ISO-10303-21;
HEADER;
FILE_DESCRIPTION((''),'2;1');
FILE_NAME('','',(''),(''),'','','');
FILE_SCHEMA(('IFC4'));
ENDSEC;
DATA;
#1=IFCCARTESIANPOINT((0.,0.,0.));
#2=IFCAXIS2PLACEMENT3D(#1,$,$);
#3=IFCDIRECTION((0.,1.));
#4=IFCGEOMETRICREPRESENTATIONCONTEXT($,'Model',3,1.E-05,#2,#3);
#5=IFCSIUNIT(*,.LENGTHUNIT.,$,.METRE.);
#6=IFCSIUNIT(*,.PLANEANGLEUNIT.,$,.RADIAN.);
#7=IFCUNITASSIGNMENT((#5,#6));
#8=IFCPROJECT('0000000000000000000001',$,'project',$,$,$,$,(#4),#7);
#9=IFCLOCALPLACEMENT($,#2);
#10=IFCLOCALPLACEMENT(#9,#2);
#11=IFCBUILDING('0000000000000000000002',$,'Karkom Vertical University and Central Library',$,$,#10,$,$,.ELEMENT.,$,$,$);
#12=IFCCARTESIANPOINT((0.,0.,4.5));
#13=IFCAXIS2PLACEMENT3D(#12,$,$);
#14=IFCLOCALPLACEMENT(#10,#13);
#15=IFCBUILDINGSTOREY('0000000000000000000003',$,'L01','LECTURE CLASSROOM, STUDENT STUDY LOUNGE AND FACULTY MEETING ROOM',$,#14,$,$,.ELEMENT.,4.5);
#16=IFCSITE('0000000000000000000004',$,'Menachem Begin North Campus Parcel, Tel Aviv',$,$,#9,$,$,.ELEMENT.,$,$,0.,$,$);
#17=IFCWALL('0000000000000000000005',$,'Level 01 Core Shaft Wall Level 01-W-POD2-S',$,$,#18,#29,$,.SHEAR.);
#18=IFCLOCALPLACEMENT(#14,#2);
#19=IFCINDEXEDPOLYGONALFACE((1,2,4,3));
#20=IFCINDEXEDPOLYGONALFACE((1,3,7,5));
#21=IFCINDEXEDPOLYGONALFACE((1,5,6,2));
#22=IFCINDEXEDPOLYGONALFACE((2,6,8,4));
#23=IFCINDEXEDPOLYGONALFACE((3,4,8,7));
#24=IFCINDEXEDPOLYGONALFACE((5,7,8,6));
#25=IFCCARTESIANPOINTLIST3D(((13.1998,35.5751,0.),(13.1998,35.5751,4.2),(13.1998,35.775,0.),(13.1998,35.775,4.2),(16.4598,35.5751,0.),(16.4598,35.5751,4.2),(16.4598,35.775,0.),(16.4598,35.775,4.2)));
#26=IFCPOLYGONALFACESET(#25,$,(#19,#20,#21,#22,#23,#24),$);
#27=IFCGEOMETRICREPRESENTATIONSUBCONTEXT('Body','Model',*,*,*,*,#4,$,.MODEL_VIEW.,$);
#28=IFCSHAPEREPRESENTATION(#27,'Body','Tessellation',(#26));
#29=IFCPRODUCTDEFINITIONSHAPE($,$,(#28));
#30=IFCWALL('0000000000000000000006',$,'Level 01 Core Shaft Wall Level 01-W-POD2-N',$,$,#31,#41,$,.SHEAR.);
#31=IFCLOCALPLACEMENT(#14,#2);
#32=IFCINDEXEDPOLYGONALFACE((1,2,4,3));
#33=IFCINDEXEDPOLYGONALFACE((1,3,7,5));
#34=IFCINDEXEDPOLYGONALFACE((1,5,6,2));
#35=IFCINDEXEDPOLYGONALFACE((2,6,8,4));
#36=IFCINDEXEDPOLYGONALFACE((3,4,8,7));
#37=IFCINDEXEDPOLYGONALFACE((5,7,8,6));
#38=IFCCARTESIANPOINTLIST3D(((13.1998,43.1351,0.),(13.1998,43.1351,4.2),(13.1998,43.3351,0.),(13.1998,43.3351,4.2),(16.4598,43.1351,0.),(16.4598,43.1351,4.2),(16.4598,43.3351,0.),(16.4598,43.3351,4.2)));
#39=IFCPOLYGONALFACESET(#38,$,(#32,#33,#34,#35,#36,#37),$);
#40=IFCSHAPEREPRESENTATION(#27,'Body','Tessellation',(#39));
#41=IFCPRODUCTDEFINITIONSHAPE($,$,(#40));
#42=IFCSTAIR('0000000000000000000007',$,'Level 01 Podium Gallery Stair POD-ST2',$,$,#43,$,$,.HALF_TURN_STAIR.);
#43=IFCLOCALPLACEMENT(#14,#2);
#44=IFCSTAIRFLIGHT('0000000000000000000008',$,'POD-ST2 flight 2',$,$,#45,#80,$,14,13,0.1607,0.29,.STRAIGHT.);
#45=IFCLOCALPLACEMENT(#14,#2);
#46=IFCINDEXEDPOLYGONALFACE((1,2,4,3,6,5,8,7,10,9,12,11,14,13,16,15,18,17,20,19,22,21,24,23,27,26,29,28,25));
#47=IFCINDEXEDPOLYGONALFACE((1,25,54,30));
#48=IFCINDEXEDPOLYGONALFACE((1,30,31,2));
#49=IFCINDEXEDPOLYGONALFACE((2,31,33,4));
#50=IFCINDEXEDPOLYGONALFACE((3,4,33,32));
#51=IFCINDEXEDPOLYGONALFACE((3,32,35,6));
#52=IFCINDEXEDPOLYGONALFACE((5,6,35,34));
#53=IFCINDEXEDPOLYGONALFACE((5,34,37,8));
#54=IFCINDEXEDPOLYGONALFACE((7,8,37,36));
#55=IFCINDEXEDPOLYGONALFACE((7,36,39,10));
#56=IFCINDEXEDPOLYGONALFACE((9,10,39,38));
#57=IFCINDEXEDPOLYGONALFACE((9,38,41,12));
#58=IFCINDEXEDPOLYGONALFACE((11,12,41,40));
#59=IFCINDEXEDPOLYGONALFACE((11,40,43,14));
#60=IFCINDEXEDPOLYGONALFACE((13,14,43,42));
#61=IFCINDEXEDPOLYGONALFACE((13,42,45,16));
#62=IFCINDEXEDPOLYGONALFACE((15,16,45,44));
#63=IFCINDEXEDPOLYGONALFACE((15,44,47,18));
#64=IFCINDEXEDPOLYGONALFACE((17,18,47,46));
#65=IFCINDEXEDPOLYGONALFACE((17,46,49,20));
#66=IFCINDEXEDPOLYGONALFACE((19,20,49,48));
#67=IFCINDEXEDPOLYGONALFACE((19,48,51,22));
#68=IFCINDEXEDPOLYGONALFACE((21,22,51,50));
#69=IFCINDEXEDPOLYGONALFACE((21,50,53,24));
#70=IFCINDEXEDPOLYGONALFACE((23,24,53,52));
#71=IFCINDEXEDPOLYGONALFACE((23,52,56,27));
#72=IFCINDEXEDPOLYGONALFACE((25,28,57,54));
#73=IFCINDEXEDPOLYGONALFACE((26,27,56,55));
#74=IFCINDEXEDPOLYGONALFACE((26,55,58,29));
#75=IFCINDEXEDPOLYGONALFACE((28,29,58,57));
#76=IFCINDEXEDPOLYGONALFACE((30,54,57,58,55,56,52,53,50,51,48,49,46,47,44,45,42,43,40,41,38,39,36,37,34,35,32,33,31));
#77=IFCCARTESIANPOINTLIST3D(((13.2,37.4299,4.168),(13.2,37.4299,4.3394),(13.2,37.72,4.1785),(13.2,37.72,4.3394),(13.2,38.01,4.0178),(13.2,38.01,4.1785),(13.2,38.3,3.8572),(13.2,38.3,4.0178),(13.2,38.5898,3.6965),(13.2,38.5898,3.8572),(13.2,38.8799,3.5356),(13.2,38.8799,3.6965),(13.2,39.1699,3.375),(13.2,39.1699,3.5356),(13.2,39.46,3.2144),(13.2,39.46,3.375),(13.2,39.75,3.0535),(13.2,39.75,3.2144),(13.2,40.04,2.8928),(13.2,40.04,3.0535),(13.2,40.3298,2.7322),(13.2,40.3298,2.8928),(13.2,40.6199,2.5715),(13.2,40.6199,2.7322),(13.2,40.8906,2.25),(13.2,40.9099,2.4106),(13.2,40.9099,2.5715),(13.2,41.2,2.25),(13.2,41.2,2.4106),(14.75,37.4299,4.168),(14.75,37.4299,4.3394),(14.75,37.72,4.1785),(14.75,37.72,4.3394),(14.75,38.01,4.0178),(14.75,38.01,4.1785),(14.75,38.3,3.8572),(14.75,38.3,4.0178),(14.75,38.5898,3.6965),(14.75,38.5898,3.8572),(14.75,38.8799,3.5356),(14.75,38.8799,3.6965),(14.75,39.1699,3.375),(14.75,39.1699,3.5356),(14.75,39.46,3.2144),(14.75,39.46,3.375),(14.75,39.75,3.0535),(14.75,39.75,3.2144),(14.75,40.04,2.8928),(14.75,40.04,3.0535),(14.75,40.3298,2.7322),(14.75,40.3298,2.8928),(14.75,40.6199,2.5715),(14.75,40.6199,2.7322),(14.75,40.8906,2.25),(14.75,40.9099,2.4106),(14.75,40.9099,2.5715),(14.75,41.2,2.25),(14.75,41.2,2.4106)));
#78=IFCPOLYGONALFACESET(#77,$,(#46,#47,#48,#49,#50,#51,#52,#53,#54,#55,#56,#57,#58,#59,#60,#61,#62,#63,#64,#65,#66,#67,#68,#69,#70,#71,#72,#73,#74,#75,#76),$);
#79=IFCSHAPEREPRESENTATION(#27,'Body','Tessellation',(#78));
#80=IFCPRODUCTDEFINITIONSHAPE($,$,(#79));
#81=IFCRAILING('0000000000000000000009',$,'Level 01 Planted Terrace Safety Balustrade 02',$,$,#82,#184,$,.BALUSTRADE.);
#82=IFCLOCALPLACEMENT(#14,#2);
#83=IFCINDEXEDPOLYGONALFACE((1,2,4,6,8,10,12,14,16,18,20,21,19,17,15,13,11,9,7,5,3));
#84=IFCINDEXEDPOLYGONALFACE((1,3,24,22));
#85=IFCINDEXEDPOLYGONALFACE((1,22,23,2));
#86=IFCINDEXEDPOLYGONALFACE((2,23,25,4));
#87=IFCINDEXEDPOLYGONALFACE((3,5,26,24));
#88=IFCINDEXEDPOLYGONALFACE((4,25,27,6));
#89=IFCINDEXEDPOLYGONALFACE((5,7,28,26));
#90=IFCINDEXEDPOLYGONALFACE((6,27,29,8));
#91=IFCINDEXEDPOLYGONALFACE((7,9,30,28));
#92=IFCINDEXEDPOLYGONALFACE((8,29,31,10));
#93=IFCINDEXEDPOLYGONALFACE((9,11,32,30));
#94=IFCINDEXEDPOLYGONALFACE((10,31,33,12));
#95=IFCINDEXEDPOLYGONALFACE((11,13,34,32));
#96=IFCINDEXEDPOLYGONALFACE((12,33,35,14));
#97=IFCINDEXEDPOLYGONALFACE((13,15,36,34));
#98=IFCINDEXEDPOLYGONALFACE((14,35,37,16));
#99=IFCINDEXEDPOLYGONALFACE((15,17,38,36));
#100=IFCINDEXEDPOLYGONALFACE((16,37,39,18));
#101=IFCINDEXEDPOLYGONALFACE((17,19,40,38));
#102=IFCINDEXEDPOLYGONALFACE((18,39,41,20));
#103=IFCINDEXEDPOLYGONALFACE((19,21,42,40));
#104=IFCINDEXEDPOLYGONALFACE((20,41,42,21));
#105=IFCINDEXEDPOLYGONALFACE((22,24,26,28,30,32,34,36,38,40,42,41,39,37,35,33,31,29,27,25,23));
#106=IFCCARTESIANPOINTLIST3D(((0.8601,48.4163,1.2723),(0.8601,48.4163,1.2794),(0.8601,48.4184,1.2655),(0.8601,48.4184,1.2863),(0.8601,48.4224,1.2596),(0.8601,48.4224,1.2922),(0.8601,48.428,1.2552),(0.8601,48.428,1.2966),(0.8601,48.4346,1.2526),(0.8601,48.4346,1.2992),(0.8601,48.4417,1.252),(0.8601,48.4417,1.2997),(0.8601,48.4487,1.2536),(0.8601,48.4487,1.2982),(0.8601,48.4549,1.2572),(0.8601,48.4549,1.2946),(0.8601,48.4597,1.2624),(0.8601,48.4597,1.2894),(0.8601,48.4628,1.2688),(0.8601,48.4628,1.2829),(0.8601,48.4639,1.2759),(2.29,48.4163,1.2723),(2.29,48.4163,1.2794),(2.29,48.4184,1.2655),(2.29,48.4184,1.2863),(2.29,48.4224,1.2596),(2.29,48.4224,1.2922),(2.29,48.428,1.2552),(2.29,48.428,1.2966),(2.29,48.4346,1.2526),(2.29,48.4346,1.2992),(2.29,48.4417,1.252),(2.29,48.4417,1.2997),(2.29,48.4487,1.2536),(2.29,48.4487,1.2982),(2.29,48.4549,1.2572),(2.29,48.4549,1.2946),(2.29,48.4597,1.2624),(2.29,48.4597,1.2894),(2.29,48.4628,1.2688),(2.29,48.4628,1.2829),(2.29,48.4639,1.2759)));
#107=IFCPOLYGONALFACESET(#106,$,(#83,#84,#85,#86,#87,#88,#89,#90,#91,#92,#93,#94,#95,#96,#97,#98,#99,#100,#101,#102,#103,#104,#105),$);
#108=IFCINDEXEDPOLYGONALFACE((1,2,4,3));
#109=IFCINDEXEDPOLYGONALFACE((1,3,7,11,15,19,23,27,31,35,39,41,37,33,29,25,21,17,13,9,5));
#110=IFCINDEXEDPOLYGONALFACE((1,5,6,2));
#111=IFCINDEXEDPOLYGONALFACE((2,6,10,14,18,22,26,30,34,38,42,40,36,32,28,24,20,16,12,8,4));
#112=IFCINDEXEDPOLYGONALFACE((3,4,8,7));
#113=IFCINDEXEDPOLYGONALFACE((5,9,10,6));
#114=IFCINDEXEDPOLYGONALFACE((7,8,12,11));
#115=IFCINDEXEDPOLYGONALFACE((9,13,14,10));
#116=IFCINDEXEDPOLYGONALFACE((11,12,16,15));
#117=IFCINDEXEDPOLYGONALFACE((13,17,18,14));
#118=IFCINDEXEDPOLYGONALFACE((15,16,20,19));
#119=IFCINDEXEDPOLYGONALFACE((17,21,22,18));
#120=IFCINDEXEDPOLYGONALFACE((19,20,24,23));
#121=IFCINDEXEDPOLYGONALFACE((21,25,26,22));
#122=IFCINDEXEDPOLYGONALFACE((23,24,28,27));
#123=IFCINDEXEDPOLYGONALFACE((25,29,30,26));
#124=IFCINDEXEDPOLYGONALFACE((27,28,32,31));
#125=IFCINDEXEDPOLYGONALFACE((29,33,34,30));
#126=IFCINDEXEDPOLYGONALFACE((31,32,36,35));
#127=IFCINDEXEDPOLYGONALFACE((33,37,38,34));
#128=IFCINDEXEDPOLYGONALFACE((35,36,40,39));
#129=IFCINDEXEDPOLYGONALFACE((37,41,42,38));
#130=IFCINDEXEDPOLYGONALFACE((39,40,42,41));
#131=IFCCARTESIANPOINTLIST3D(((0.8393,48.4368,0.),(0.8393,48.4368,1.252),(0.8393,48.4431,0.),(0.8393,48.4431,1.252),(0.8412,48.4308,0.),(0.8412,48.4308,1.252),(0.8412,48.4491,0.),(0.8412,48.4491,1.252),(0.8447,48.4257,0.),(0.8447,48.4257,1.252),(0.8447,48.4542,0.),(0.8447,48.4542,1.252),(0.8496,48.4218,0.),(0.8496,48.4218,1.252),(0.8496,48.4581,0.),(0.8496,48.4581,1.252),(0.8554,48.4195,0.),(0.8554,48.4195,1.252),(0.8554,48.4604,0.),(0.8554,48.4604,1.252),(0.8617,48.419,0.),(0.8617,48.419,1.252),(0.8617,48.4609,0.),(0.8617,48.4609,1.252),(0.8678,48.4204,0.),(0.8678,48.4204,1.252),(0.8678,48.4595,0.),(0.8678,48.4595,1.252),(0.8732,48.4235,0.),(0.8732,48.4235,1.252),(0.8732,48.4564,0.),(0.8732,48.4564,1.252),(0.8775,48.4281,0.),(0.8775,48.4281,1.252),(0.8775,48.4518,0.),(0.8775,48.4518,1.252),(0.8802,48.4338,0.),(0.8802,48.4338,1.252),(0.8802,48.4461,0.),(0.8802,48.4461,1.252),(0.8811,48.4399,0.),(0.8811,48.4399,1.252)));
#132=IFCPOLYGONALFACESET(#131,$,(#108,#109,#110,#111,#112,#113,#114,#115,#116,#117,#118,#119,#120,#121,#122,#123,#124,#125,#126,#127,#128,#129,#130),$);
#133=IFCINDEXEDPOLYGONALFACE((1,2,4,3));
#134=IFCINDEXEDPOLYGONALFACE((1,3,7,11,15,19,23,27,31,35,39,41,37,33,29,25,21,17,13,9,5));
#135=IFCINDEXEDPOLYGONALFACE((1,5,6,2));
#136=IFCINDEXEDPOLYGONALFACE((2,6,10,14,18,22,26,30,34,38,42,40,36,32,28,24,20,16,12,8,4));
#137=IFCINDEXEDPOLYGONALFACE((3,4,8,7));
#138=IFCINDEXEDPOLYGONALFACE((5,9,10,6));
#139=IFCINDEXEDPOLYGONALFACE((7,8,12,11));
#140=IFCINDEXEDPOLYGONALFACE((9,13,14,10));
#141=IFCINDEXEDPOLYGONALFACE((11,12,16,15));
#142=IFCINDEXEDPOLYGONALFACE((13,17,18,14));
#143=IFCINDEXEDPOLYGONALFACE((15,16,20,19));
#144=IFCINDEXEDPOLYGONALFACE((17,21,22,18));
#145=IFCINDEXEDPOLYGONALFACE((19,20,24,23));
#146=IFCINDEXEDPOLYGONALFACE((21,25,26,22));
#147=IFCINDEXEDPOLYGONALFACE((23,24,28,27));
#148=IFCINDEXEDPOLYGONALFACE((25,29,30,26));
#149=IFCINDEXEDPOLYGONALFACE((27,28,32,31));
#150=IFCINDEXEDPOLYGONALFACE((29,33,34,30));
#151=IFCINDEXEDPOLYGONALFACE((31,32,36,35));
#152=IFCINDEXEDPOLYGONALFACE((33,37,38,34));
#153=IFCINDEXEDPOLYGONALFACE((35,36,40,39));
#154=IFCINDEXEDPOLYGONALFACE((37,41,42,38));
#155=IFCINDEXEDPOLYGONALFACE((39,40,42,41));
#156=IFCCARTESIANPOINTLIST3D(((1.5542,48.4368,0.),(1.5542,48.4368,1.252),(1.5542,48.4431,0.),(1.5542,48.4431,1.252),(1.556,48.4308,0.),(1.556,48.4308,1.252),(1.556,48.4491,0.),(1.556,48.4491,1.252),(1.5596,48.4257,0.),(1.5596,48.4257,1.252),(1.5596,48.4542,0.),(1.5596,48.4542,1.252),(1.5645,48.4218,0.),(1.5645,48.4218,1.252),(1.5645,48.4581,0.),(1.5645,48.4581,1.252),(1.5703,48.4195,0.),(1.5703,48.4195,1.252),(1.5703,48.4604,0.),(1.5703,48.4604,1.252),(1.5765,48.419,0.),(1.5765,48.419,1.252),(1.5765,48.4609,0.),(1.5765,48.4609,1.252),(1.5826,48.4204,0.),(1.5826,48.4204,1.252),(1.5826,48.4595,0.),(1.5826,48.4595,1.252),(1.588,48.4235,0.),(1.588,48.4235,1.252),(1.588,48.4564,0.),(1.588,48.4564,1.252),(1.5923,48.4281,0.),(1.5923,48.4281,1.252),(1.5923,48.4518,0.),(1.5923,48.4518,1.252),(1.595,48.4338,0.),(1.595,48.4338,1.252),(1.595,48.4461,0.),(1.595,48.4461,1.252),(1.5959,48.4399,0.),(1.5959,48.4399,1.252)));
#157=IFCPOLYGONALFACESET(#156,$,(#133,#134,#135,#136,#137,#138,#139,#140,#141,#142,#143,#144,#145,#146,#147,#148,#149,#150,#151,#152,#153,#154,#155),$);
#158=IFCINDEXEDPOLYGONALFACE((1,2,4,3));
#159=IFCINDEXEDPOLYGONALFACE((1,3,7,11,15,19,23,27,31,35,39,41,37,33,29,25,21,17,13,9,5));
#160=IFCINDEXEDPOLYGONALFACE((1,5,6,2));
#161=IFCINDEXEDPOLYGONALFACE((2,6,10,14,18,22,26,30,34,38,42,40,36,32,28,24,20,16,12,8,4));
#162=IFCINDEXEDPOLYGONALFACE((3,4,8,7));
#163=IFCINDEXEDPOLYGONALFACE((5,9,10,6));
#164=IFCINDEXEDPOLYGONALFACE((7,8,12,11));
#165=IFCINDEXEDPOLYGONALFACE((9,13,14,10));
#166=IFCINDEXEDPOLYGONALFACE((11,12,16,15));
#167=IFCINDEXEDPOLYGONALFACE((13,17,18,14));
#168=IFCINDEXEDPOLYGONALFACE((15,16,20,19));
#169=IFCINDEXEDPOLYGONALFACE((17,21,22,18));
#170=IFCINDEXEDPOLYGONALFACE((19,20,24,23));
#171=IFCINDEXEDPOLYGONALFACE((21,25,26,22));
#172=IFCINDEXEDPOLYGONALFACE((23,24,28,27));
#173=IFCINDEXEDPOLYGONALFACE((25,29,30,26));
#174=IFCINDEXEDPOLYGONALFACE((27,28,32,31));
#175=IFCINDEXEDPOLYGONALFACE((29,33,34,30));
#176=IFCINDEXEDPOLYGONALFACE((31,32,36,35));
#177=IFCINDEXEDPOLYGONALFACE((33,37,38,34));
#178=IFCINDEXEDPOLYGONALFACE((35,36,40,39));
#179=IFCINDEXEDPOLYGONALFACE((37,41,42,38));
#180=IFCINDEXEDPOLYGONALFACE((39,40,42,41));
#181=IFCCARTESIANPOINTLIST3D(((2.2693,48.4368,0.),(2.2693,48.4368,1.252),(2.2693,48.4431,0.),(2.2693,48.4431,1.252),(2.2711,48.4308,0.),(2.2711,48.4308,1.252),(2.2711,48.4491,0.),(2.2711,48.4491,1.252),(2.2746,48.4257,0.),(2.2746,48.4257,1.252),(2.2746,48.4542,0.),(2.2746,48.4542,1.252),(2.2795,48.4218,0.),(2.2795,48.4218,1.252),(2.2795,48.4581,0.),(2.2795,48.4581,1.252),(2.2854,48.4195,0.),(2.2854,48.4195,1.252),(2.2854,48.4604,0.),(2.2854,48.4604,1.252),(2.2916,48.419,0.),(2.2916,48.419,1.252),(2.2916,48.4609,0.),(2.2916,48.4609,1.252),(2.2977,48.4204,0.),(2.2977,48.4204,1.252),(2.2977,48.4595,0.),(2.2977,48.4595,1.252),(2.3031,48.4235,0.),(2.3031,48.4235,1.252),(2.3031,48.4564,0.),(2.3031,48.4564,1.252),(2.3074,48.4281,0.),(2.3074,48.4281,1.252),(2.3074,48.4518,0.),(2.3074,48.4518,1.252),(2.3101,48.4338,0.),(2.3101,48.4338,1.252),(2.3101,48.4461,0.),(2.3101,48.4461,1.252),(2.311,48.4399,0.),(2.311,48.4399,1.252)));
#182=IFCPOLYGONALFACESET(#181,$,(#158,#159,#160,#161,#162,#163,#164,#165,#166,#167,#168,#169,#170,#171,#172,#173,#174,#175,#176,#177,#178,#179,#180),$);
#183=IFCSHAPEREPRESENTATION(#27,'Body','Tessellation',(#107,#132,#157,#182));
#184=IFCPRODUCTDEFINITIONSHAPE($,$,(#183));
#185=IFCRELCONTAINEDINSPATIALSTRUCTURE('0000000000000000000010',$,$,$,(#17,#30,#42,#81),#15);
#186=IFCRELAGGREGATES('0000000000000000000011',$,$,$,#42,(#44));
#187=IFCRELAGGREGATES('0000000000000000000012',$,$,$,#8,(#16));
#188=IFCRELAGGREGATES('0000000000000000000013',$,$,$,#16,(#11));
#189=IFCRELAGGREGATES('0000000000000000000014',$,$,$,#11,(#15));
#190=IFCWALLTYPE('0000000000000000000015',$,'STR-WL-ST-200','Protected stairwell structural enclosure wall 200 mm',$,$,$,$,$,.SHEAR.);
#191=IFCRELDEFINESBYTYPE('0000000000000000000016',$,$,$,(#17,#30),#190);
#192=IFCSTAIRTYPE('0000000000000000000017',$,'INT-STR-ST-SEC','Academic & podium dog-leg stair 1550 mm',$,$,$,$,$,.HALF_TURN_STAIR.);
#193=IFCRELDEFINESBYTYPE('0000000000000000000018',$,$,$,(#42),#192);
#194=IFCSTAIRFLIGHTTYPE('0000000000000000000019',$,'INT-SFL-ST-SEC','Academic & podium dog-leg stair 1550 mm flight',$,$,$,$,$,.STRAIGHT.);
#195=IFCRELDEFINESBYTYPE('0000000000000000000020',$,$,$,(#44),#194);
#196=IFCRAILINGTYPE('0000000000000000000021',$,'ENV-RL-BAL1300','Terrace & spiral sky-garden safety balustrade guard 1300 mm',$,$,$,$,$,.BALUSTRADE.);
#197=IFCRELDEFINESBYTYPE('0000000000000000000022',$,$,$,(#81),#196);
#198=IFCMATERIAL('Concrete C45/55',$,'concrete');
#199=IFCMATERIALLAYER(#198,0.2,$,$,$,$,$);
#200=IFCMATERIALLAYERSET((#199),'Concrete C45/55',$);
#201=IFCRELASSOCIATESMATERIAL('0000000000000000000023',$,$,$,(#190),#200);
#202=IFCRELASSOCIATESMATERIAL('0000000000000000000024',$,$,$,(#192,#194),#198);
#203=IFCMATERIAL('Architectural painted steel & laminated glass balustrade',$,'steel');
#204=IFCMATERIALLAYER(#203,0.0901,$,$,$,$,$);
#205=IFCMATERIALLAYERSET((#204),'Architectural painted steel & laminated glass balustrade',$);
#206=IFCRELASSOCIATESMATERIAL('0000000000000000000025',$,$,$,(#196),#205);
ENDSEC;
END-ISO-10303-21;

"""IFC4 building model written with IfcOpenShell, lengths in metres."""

from ifc_helpers import new_model, si_unit, direction, frame, frame_2d, origin, origin_2d, place, context, subcontext, project, spatial, polyline, rectangle, circle, outline, extrude, material, layer, layer_set, type_object, element, aggregate, save


model = new_model("IFC4")

# Units and contexts
model_context = context("Model", 3, precision=1e-05, world=origin(), true_north=direction((0.0, 1.0)))
body_context = subcontext(model_context, "Body", "Model", "MODEL_VIEW")
ifc_project = project(units=[si_unit("LENGTHUNIT", "METRE"), si_unit("PLANEANGLEUNIT", "RADIAN")], contexts=[model_context])

# Site, building, storey
site_placement = place(None, origin())
site = spatial("IfcSite", under=ifc_project, at=site_placement, Name="Menachem Begin North Campus Parcel, Tel Aviv", CompositionType="ELEMENT", RefElevation=0.0)
building_placement = place(site_placement, origin())
building = spatial("IfcBuilding", under=site, at=building_placement, Name="Karkom Vertical University and Central Library", CompositionType="ELEMENT")
storey_placement = place(building_placement, frame((0.0, 0.0, 4.5)))
storey = spatial("IfcBuildingStorey", under=building, at=storey_placement, Name="L01", Description="LECTURE CLASSROOM, STUDENT STUDY LOUNGE AND FACULTY MEETING ROOM", CompositionType="ELEMENT", Elevation=4.5)

# Walls
ifc_material_1 = material(Name="Concrete C45/55", Category="concrete")
ifc_layer_1 = layer(ifc_material_1, 0.2)
ifc_layer_set_1 = layer_set([ifc_layer_1], Name="Concrete C45/55")
wall_type_1 = type_object("IfcWallType", Name="STR-WL-ST-200", Description="Protected stairwell structural enclosure wall 200 mm", PredefinedType="SHEAR", material=ifc_layer_set_1)
for number, where, z_axis, x_axis, name in (
    (1, (13.2, 35.675, 0.0), (0.0, 0.0, 1.0), (1.0, 0.0, 0.0), "Level 01 Core Shaft Wall Level 01-W-POD2-S"),
    (2, (13.2, 43.2351, 0.0), (0.0, 0.0, 1.0), (1.0, 0.0, 0.0), "Level 01 Core Shaft Wall Level 01-W-POD2-N"),
):
    element("IfcWall", number, at=place(storey_placement, frame(where, z_axis=z_axis, x_axis=x_axis)), inside=storey, type_object=wall_type_1, Name=name, PredefinedType="SHEAR", context=body_context, shape_type="SweptSolid", body=[
        extrude(rectangle(XDim=3.26, YDim=0.2, at=frame_2d((1.6299, 0.0))), origin(), (0.0, 0.0, 1.0), 4.2),
    ])

# Stair, stair flight
stair_type = type_object("IfcStairType", Name="INT-STR-ST-SEC", Description="Academic & podium dog-leg stair 1550 mm", PredefinedType="HALF_TURN_STAIR", material=ifc_material_1)
stair_placement = place(storey_placement, origin())
stair = element("IfcStair", 3, at=stair_placement, inside=storey, type_object=stair_type, Name="Level 01 Podium Gallery Stair POD-ST2", PredefinedType="HALF_TURN_STAIR")
stair_flight_type = type_object("IfcStairFlightType", Name="INT-SFL-ST-SEC", Description="Academic & podium dog-leg stair 1550 mm flight", PredefinedType="STRAIGHT", material=ifc_material_1)
stair_flight_placement = place(storey_placement, frame((13.9751, 41.2, 2.25), z_axis=(0.0, 0.0, 1.0), x_axis=(0.0, -1.0, 0.0)))
stair_flight = element("IfcStairFlight", 4, at=stair_flight_placement, type_object=stair_flight_type, Name="POD-ST2 flight 2", NumberOfRisers=14, NumberOfTreads=13, PredefinedType="STRAIGHT", RiserHeight=0.1607, TreadLength=0.29, context=body_context, shape_type="SweptSolid", body=[
    extrude(outline(polyline([(0.0, 0.0), (0.0, 0.1606), (0.29, 0.1606), (0.29, 0.3215), (0.5801, 0.3215), (0.5801, 0.4822), (0.8701, 0.4822), (0.8701, 0.6428), (1.1599, 0.6428), (1.1599, 0.8035), (1.45, 0.8035), (1.45, 0.9644), (1.74, 0.9644), (1.74, 1.125), (2.03, 1.125), (2.03, 1.2856), (2.3201, 1.2856), (2.3201, 1.4465), (2.6101, 1.4465), (2.6101, 1.6072), (2.8999, 1.6072), (2.8999, 1.7678), (3.1899, 1.7678), (3.1899, 1.9285), (3.48, 1.9285), (3.48, 2.0894), (3.77, 2.0894), (3.77, 2.25), (3.77, 1.918), (0.3093, 0.0), (0.0, 0.0)])), frame((0.0, 0.7749, 0.0), z_axis=(0.0, -1.0, 0.0), x_axis=(1.0, 0.0, 0.0)), (0.0, 0.0, 1.0), 1.55),
])
aggregate(stair, [stair_flight])

# Railing
ifc_material_2 = material(Name="Architectural painted steel & laminated glass balustrade", Category="steel")
ifc_layer_2 = layer(ifc_material_2, 0.0901)
ifc_layer_set_2 = layer_set([ifc_layer_2], Name="Architectural painted steel & laminated glass balustrade")
railing_type_1 = type_object("IfcRailingType", Name="ENV-RL-BAL1300", Description="Terrace & spiral sky-garden safety balustrade guard 1300 mm", PredefinedType="BALUSTRADE", material=ifc_layer_set_2)
railing_1_placement = place(storey_placement, frame((0.8601, 48.4399, 0.0)))
element("IfcRailing", 5, at=railing_1_placement, inside=storey, type_object=railing_type_1, Name="Level 01 Planted Terrace Safety Balustrade 02", PredefinedType="BALUSTRADE", context=body_context, shape_type="SweptSolid", body=[
    extrude(circle(Radius=0.0239, at=origin_2d()), frame((0.0, 0.0, 1.2759), z_axis=(1.0, 0.0, 0.0), x_axis=(0.0, 1.0, 0.0)), (0.0, 0.0, 1.0), 1.4299),
    extrude(circle(Radius=0.021, at=origin_2d()), origin(), (0.0, 0.0, 1.0), 1.252),
    extrude(circle(Radius=0.021, at=origin_2d()), frame((0.7148, 0.0, 0.0)), (0.0, 0.0, 1.0), 1.252),
    extrude(circle(Radius=0.021, at=origin_2d()), frame((1.4299, 0.0, 0.0)), (0.0, 0.0, 1.0), 1.252),
])

save(model, "model.ifc")
